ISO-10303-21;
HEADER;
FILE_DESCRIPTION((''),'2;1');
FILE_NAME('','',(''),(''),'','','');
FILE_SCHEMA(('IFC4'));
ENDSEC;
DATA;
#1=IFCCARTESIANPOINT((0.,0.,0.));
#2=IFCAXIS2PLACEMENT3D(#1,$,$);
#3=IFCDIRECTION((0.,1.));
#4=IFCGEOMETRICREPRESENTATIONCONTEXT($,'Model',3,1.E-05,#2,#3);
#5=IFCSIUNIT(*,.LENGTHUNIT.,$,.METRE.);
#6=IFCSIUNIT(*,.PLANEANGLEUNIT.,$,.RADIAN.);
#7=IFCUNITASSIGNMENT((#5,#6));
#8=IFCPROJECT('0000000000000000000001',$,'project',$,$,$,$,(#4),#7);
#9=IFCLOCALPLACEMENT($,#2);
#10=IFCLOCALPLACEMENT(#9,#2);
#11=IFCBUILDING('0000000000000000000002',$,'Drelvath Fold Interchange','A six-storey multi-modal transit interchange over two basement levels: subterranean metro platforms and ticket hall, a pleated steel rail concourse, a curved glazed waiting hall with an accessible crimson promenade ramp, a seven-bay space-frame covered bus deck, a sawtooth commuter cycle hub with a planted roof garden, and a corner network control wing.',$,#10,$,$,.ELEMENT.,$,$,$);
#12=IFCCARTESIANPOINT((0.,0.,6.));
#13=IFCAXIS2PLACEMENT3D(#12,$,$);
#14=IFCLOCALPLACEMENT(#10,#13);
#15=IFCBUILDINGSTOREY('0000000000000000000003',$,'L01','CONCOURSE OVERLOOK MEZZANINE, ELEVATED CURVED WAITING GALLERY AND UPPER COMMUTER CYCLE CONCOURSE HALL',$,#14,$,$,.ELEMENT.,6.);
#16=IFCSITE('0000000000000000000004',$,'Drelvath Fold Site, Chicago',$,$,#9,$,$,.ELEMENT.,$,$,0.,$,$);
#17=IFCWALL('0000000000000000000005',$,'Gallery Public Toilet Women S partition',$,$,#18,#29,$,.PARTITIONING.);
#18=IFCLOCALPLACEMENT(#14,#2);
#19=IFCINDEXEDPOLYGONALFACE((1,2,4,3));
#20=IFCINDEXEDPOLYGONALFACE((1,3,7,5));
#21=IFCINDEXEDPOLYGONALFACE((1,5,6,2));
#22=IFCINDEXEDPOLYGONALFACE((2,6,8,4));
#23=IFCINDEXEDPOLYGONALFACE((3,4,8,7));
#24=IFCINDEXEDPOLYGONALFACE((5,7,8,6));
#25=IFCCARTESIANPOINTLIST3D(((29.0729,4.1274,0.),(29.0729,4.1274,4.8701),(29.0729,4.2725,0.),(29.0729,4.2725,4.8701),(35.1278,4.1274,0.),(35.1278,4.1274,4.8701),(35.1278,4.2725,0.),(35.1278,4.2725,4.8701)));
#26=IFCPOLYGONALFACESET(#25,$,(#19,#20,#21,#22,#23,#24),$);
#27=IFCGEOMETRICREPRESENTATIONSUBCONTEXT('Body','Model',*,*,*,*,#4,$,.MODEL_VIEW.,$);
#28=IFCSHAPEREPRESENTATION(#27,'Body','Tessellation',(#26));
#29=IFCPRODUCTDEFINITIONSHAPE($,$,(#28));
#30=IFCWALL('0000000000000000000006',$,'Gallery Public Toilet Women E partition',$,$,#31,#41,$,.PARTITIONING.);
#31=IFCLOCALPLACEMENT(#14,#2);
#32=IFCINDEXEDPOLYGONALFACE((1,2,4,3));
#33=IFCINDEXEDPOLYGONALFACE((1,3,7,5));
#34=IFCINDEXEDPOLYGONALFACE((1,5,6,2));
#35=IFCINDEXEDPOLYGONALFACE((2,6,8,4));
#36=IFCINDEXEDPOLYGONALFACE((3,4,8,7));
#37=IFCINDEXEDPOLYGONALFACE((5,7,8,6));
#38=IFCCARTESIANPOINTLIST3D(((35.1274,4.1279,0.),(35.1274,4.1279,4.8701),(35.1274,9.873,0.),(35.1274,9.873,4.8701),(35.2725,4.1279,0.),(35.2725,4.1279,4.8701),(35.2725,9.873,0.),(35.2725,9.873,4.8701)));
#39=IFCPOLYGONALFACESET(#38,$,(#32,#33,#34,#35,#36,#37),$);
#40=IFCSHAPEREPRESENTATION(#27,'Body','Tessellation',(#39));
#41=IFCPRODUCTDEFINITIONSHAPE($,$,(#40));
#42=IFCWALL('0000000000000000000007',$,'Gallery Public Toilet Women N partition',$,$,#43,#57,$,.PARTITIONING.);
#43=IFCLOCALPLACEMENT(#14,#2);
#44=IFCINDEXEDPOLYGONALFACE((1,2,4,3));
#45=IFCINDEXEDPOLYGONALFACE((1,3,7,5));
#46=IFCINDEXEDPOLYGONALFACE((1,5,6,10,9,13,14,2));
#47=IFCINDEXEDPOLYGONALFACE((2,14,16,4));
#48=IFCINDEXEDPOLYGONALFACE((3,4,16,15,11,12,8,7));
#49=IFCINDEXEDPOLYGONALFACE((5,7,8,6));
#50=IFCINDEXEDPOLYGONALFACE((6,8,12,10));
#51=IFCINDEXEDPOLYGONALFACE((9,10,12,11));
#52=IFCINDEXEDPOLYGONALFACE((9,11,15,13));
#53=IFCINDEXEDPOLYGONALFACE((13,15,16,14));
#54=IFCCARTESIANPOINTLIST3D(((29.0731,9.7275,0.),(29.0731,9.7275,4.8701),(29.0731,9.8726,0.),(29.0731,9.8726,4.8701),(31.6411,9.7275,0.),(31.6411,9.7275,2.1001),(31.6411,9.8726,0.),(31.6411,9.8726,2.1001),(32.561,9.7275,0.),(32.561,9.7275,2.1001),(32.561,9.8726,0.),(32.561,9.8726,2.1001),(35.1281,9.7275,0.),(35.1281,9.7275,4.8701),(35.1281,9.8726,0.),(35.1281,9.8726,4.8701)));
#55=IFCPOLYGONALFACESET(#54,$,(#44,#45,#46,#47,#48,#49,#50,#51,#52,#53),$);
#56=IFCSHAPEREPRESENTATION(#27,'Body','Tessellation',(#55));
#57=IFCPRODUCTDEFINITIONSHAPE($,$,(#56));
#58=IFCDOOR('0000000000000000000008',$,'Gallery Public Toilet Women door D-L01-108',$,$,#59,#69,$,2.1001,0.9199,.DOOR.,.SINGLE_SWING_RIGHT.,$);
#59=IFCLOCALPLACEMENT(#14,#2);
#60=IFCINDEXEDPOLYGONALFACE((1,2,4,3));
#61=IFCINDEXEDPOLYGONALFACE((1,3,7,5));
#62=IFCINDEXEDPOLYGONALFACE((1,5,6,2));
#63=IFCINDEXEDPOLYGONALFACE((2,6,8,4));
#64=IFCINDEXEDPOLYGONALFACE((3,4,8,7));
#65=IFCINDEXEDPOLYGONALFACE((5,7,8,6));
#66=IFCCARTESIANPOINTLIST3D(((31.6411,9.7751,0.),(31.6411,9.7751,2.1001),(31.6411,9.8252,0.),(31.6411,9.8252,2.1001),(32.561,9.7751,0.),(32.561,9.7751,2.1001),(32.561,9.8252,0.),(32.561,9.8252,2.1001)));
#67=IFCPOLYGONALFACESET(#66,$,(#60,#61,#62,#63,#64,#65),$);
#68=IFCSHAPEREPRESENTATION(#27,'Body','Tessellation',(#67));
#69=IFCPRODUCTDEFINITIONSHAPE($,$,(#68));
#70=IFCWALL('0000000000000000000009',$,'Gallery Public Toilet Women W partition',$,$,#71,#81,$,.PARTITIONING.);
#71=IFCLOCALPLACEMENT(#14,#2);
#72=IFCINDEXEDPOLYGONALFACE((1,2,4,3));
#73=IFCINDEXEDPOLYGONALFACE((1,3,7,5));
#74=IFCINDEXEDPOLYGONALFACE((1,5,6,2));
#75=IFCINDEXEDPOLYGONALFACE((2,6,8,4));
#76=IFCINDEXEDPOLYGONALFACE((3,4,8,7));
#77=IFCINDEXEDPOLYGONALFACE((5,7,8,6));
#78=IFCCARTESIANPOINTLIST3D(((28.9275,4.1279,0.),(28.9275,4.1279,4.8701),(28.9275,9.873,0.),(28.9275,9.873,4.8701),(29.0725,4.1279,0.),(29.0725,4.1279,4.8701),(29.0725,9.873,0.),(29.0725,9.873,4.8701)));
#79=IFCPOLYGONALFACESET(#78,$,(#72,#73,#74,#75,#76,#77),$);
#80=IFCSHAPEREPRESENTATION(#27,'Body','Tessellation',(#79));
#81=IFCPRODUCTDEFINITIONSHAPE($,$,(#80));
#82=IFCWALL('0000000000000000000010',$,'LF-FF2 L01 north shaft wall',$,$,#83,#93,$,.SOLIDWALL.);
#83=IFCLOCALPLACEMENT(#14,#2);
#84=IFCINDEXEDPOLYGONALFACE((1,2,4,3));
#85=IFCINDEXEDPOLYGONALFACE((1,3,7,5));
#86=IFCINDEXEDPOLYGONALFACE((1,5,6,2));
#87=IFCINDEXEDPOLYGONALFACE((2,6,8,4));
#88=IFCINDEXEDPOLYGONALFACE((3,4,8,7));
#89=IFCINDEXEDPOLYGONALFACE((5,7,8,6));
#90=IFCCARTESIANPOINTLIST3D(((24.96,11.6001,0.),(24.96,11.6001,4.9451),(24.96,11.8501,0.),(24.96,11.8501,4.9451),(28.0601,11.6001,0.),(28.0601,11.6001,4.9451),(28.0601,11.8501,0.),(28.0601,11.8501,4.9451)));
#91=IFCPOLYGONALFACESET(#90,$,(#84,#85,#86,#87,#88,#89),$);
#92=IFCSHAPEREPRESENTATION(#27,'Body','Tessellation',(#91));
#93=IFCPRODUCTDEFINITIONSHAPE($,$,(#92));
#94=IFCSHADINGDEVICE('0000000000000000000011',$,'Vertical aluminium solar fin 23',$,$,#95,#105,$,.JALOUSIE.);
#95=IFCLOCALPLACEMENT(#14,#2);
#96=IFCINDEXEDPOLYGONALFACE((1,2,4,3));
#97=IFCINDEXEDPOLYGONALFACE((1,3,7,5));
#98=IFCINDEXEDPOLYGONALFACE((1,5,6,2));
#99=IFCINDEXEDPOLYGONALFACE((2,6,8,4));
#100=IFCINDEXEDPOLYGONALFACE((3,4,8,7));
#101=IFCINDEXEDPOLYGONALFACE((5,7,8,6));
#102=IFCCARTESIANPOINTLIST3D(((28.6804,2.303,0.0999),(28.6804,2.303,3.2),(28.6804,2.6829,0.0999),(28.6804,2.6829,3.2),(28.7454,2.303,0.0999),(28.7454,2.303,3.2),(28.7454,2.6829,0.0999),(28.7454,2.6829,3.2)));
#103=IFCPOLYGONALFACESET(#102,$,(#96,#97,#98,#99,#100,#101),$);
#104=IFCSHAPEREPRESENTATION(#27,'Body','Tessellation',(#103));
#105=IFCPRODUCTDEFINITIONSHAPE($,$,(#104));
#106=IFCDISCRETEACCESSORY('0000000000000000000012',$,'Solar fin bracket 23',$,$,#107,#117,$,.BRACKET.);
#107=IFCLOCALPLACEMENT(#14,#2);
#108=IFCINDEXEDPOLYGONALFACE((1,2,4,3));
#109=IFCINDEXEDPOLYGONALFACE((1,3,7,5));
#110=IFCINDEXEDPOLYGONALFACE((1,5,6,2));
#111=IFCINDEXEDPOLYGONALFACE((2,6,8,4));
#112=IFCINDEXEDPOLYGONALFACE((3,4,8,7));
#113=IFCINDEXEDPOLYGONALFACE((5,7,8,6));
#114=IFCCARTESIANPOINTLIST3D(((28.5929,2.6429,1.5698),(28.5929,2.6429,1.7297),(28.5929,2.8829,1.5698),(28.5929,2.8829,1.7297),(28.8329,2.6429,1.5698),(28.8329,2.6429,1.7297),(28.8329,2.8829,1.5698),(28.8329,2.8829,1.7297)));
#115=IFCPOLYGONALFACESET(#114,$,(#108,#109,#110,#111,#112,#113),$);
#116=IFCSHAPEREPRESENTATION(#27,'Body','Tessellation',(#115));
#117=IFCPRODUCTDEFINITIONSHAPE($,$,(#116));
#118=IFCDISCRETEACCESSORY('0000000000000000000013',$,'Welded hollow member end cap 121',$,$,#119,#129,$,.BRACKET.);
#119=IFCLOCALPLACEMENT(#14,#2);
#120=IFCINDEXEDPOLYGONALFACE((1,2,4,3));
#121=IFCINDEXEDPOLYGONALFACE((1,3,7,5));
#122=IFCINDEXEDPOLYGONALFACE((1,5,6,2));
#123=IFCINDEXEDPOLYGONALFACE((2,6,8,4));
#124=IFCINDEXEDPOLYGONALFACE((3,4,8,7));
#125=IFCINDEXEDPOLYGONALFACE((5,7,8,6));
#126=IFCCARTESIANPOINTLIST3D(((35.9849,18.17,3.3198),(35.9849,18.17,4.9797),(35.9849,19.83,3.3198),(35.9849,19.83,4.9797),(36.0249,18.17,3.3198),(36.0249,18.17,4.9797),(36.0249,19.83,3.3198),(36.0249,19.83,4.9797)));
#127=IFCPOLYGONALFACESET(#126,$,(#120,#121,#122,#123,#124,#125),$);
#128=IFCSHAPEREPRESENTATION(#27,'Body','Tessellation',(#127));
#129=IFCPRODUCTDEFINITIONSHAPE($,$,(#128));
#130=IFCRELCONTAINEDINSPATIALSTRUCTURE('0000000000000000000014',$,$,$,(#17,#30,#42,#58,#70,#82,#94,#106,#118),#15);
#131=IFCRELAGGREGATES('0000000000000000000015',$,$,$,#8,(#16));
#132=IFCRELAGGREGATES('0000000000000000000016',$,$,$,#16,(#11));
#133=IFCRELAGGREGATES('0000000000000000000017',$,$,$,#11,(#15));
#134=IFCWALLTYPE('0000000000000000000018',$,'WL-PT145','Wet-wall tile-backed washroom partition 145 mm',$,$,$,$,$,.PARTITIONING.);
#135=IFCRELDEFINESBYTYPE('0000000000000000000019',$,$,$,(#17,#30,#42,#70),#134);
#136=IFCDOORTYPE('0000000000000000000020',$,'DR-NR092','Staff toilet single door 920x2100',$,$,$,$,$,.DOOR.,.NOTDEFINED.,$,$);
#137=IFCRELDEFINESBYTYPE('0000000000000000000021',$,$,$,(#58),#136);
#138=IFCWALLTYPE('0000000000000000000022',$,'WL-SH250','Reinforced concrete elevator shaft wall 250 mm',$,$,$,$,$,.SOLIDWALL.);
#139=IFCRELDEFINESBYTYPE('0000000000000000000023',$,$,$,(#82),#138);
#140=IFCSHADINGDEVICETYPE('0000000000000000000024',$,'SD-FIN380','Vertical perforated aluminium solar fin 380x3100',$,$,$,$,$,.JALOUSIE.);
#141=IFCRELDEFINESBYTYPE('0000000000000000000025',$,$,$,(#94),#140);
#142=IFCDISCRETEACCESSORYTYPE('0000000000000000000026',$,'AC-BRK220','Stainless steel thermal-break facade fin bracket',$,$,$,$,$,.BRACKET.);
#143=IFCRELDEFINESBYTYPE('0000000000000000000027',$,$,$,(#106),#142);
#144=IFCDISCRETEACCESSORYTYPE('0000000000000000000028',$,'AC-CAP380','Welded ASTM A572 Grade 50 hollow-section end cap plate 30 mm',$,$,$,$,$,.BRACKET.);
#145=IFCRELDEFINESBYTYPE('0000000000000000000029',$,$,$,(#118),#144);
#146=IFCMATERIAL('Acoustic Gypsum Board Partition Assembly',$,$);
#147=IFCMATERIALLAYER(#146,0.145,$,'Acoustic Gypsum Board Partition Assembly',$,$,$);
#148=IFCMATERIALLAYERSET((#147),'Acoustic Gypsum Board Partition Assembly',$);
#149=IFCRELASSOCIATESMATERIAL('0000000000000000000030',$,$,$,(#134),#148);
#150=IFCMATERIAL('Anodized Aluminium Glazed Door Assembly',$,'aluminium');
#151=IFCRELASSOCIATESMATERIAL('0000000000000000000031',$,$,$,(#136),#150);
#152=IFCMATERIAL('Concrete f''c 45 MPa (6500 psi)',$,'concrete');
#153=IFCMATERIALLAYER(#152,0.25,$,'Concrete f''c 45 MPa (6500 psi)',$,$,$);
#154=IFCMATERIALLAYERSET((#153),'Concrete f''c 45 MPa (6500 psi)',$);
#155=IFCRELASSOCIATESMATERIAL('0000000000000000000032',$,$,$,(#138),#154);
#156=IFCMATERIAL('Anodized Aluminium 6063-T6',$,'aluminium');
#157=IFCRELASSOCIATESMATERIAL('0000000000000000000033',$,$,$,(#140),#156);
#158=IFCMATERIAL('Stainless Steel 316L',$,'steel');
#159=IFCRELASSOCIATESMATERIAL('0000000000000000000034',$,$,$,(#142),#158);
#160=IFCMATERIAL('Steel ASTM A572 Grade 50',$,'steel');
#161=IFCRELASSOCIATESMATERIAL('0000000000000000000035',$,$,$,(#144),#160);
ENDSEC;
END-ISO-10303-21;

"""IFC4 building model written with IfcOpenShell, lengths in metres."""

from ifc_helpers import new_model, si_unit, direction, frame, frame_2d, origin, origin_2d, place, context, subcontext, project, spatial, rectangle, extrude, material, layer, layer_set, type_object, element, fill, save


model = new_model("IFC4")

# Units and contexts
model_context = context("Model", 3, precision=1e-05, world=origin(), true_north=direction((0.0, 1.0)))
body_context = subcontext(model_context, "Body", "Model", "MODEL_VIEW")
ifc_project = project(units=[si_unit("LENGTHUNIT", "METRE"), si_unit("PLANEANGLEUNIT", "RADIAN")], contexts=[model_context])

# Site, building, storey
site_placement = place(None, origin())
site = spatial("IfcSite", under=ifc_project, at=site_placement, Name="Drelvath Fold Site, Chicago", CompositionType="ELEMENT", RefElevation=0.0)
building_placement = place(site_placement, origin())
building = spatial("IfcBuilding", under=site, at=building_placement, Name="Drelvath Fold Interchange", Description="A six-storey multi-modal transit interchange over two basement levels: subterranean metro platforms and ticket hall, a pleated steel rail concourse, a curved glazed waiting hall with an accessible crimson promenade ramp, a seven-bay space-frame covered bus deck, a sawtooth commuter cycle hub with a planted roof garden, and a corner network control wing.", CompositionType="ELEMENT")
storey_placement = place(building_placement, frame((0.0, 0.0, 6.0)))
storey = spatial("IfcBuildingStorey", under=building, at=storey_placement, Name="L01", Description="CONCOURSE OVERLOOK MEZZANINE, ELEVATED CURVED WAITING GALLERY AND UPPER COMMUTER CYCLE CONCOURSE HALL", CompositionType="ELEMENT", Elevation=6.0)

# Shared definitions
ifc_material_1 = material(Name="Concrete f'c 45 MPa (6500 psi)", Category="concrete")

# Walls
ifc_material_2 = material(Name="Acoustic Gypsum Board Partition Assembly")
ifc_layer_1 = layer(ifc_material_2, 0.145, Name="Acoustic Gypsum Board Partition Assembly")
ifc_layer_set_1 = layer_set([ifc_layer_1], Name="Acoustic Gypsum Board Partition Assembly")
wall_type_1 = type_object("IfcWallType", Name="WL-PT145", Description="Wet-wall tile-backed washroom partition 145 mm", PredefinedType="PARTITIONING", material=ifc_layer_set_1)
wall_1_placement = place(storey_placement, frame((29.073, 4.2, 0.0), z_axis=(0.0, 0.0, 1.0), x_axis=(1.0, 0.0, 0.0)))
element("IfcWall", 1, at=wall_1_placement, inside=storey, type_object=wall_type_1, Name="Gallery Public Toilet Women S partition", PredefinedType="PARTITIONING", context=body_context, shape_type="SweptSolid", body=[
    extrude(rectangle(XDim=6.0549, YDim=0.145, at=frame_2d((3.0273, 0.0))), origin(), (0.0, 0.0, 1.0), 4.8701),
])
wall_2_placement = place(storey_placement, frame((35.2, 4.1279, 0.0), z_axis=(0.0, 0.0, 1.0), x_axis=(0.0, 1.0, 0.0)))
element("IfcWall", 2, at=wall_2_placement, inside=storey, type_object=wall_type_1, Name="Gallery Public Toilet Women E partition", PredefinedType="PARTITIONING", context=body_context, shape_type="SweptSolid", body=[
    extrude(rectangle(XDim=5.7451, YDim=0.145, at=frame_2d((2.8726, 0.0))), origin(), (0.0, 0.0, 1.0), 4.8701),
])

# Wall, opening, door
wall_3_placement = place(storey_placement, frame((35.1279, 9.8, 0.0), z_axis=(0.0, 0.0, 1.0), x_axis=(-1.0, 0.0, 0.0)))
wall_3 = element("IfcWall", 3, at=wall_3_placement, inside=storey, type_object=wall_type_1, Name="Gallery Public Toilet Women N partition", PredefinedType="PARTITIONING", context=body_context, shape_type="SweptSolid", body=[
    extrude(rectangle(XDim=6.0549, YDim=0.145, at=frame_2d((3.0273, 0.0))), origin(), (0.0, 0.0, 1.0), 4.8701),
])
opening_1_placement = place(wall_3_placement, frame((2.5669, 0.0, 0.0)))
opening_1 = element("IfcOpeningElement", 4, at=opening_1_placement, cuts=wall_3, PredefinedType="OPENING", context=body_context, shape_type="SweptSolid", body=[
    extrude(rectangle(XDim=0.9199, YDim=2.1001, at=frame_2d((0.46, 1.05))), frame((0.0, 0.0825, 0.0), z_axis=(0.0, -1.0, 0.0), x_axis=(1.0, 0.0, 0.0)), (0.0, 0.0, 1.0), 0.165),
])
ifc_material_3 = material(Name="Anodized Aluminium Glazed Door Assembly", Category="aluminium")
door_type_1 = type_object("IfcDoorType", Name="DR-NR092", Description="Staff toilet single door 920x2100", OperationType="NOTDEFINED", PredefinedType="DOOR", material=ifc_material_3)
door_1_placement = place(opening_1_placement, origin())
door_1 = element("IfcDoor", 5, at=door_1_placement, inside=storey, type_object=door_type_1, Name="Gallery Public Toilet Women door D-L01-108", OperationType="SINGLE_SWING_RIGHT", OverallHeight=2.1001, OverallWidth=0.9199, PredefinedType="DOOR", context=body_context, shape_type="SweptSolid", body=[
    extrude(rectangle(XDim=0.9199, YDim=2.1001, at=frame_2d((0.46, 1.05))), frame((0.0, 0.0249, 0.0), z_axis=(0.0, -1.0, 0.0), x_axis=(1.0, 0.0, 0.0)), (0.0, 0.0, 1.0), 0.05),
])
fill(opening_1, door_1)

# Walls
wall_4_placement = place(storey_placement, frame((29.0, 9.873, 0.0), z_axis=(0.0, 0.0, 1.0), x_axis=(0.0, -1.0, 0.0)))
element("IfcWall", 6, at=wall_4_placement, inside=storey, type_object=wall_type_1, Name="Gallery Public Toilet Women W partition", PredefinedType="PARTITIONING", context=body_context, shape_type="SweptSolid", body=[
    extrude(rectangle(XDim=5.7451, YDim=0.145, at=frame_2d((2.8726, 0.0))), origin(), (0.0, 0.0, 1.0), 4.8701),
])
ifc_layer_2 = layer(ifc_material_1, 0.25, Name="Concrete f'c 45 MPa (6500 psi)")
ifc_layer_set_2 = layer_set([ifc_layer_2], Name="Concrete f'c 45 MPa (6500 psi)")
wall_type_2 = type_object("IfcWallType", Name="WL-SH250", Description="Reinforced concrete elevator shaft wall 250 mm", PredefinedType="SOLIDWALL", material=ifc_layer_set_2)
wall_5_placement = place(storey_placement, frame((28.0601, 11.7251, 0.0), z_axis=(0.0, 0.0, 1.0), x_axis=(-1.0, 0.0, 0.0)))
element("IfcWall", 7, at=wall_5_placement, inside=storey, type_object=wall_type_2, Name="LF-FF2 L01 north shaft wall", PredefinedType="SOLIDWALL", context=body_context, shape_type="SweptSolid", body=[
    extrude(rectangle(XDim=3.1001, YDim=0.25, at=frame_2d((1.55, 0.0))), origin(), (0.0, 0.0, 1.0), 4.9451),
])

# Shading device
ifc_material_4 = material(Name="Anodized Aluminium 6063-T6", Category="aluminium")
shading_device_type = type_object("IfcShadingDeviceType", Name="SD-FIN380", Description="Vertical perforated aluminium solar fin 380x3100", PredefinedType="JALOUSIE", material=ifc_material_4)
shading_device_placement = place(storey_placement, frame((28.7129, 2.4929, 0.0999), z_axis=(0.0, 0.0, 1.0), x_axis=(0.0, 1.0, 0.0)))
element("IfcShadingDevice", 8, at=shading_device_placement, inside=storey, type_object=shading_device_type, Name="Vertical aluminium solar fin 23", PredefinedType="JALOUSIE", context=body_context, shape_type="SweptSolid", body=[
    extrude(rectangle(XDim=0.3799, YDim=0.0649, at=origin_2d()), origin(), (0.0, 0.0, 1.0), 3.1001),
])

# Discrete accessories
ifc_material_5 = material(Name="Stainless Steel 316L", Category="steel")
discrete_accessory_type_1 = type_object("IfcDiscreteAccessoryType", Name="AC-BRK220", Description="Stainless steel thermal-break facade fin bracket", PredefinedType="BRACKET", material=ifc_material_5)
discrete_accessory_1_placement = place(storey_placement, frame((28.7129, 2.7629, 1.5698), z_axis=(0.0, 0.0, 1.0), x_axis=(0.0, 1.0, 0.0)))
element("IfcDiscreteAccessory", 9, at=discrete_accessory_1_placement, inside=storey, type_object=discrete_accessory_type_1, Name="Solar fin bracket 23", PredefinedType="BRACKET", context=body_context, shape_type="SweptSolid", body=[
    extrude(rectangle(XDim=0.24, YDim=0.24, at=origin_2d()), origin(), (0.0, 0.0, 1.0), 0.1599),
])
ifc_material_6 = material(Name="Steel ASTM A572 Grade 50", Category="steel")
discrete_accessory_type_2 = type_object("IfcDiscreteAccessoryType", Name="AC-CAP380", Description="Welded ASTM A572 Grade 50 hollow-section end cap plate 30 mm", PredefinedType="BRACKET", material=ifc_material_6)
discrete_accessory_2_placement = place(storey_placement, frame((36.0049, 19.0, 3.3198), z_axis=(0.0, 0.0, 1.0), x_axis=(1.0, 0.0, 0.0)))
element("IfcDiscreteAccessory", 10, at=discrete_accessory_2_placement, inside=storey, type_object=discrete_accessory_type_2, Name="Welded hollow member end cap 121", PredefinedType="BRACKET", context=body_context, shape_type="SweptSolid", body=[
    extrude(rectangle(XDim=0.04, YDim=1.6599, at=origin_2d()), origin(), (0.0, 0.0, 1.0), 1.6599),
])

save(model, "model.ifc")
